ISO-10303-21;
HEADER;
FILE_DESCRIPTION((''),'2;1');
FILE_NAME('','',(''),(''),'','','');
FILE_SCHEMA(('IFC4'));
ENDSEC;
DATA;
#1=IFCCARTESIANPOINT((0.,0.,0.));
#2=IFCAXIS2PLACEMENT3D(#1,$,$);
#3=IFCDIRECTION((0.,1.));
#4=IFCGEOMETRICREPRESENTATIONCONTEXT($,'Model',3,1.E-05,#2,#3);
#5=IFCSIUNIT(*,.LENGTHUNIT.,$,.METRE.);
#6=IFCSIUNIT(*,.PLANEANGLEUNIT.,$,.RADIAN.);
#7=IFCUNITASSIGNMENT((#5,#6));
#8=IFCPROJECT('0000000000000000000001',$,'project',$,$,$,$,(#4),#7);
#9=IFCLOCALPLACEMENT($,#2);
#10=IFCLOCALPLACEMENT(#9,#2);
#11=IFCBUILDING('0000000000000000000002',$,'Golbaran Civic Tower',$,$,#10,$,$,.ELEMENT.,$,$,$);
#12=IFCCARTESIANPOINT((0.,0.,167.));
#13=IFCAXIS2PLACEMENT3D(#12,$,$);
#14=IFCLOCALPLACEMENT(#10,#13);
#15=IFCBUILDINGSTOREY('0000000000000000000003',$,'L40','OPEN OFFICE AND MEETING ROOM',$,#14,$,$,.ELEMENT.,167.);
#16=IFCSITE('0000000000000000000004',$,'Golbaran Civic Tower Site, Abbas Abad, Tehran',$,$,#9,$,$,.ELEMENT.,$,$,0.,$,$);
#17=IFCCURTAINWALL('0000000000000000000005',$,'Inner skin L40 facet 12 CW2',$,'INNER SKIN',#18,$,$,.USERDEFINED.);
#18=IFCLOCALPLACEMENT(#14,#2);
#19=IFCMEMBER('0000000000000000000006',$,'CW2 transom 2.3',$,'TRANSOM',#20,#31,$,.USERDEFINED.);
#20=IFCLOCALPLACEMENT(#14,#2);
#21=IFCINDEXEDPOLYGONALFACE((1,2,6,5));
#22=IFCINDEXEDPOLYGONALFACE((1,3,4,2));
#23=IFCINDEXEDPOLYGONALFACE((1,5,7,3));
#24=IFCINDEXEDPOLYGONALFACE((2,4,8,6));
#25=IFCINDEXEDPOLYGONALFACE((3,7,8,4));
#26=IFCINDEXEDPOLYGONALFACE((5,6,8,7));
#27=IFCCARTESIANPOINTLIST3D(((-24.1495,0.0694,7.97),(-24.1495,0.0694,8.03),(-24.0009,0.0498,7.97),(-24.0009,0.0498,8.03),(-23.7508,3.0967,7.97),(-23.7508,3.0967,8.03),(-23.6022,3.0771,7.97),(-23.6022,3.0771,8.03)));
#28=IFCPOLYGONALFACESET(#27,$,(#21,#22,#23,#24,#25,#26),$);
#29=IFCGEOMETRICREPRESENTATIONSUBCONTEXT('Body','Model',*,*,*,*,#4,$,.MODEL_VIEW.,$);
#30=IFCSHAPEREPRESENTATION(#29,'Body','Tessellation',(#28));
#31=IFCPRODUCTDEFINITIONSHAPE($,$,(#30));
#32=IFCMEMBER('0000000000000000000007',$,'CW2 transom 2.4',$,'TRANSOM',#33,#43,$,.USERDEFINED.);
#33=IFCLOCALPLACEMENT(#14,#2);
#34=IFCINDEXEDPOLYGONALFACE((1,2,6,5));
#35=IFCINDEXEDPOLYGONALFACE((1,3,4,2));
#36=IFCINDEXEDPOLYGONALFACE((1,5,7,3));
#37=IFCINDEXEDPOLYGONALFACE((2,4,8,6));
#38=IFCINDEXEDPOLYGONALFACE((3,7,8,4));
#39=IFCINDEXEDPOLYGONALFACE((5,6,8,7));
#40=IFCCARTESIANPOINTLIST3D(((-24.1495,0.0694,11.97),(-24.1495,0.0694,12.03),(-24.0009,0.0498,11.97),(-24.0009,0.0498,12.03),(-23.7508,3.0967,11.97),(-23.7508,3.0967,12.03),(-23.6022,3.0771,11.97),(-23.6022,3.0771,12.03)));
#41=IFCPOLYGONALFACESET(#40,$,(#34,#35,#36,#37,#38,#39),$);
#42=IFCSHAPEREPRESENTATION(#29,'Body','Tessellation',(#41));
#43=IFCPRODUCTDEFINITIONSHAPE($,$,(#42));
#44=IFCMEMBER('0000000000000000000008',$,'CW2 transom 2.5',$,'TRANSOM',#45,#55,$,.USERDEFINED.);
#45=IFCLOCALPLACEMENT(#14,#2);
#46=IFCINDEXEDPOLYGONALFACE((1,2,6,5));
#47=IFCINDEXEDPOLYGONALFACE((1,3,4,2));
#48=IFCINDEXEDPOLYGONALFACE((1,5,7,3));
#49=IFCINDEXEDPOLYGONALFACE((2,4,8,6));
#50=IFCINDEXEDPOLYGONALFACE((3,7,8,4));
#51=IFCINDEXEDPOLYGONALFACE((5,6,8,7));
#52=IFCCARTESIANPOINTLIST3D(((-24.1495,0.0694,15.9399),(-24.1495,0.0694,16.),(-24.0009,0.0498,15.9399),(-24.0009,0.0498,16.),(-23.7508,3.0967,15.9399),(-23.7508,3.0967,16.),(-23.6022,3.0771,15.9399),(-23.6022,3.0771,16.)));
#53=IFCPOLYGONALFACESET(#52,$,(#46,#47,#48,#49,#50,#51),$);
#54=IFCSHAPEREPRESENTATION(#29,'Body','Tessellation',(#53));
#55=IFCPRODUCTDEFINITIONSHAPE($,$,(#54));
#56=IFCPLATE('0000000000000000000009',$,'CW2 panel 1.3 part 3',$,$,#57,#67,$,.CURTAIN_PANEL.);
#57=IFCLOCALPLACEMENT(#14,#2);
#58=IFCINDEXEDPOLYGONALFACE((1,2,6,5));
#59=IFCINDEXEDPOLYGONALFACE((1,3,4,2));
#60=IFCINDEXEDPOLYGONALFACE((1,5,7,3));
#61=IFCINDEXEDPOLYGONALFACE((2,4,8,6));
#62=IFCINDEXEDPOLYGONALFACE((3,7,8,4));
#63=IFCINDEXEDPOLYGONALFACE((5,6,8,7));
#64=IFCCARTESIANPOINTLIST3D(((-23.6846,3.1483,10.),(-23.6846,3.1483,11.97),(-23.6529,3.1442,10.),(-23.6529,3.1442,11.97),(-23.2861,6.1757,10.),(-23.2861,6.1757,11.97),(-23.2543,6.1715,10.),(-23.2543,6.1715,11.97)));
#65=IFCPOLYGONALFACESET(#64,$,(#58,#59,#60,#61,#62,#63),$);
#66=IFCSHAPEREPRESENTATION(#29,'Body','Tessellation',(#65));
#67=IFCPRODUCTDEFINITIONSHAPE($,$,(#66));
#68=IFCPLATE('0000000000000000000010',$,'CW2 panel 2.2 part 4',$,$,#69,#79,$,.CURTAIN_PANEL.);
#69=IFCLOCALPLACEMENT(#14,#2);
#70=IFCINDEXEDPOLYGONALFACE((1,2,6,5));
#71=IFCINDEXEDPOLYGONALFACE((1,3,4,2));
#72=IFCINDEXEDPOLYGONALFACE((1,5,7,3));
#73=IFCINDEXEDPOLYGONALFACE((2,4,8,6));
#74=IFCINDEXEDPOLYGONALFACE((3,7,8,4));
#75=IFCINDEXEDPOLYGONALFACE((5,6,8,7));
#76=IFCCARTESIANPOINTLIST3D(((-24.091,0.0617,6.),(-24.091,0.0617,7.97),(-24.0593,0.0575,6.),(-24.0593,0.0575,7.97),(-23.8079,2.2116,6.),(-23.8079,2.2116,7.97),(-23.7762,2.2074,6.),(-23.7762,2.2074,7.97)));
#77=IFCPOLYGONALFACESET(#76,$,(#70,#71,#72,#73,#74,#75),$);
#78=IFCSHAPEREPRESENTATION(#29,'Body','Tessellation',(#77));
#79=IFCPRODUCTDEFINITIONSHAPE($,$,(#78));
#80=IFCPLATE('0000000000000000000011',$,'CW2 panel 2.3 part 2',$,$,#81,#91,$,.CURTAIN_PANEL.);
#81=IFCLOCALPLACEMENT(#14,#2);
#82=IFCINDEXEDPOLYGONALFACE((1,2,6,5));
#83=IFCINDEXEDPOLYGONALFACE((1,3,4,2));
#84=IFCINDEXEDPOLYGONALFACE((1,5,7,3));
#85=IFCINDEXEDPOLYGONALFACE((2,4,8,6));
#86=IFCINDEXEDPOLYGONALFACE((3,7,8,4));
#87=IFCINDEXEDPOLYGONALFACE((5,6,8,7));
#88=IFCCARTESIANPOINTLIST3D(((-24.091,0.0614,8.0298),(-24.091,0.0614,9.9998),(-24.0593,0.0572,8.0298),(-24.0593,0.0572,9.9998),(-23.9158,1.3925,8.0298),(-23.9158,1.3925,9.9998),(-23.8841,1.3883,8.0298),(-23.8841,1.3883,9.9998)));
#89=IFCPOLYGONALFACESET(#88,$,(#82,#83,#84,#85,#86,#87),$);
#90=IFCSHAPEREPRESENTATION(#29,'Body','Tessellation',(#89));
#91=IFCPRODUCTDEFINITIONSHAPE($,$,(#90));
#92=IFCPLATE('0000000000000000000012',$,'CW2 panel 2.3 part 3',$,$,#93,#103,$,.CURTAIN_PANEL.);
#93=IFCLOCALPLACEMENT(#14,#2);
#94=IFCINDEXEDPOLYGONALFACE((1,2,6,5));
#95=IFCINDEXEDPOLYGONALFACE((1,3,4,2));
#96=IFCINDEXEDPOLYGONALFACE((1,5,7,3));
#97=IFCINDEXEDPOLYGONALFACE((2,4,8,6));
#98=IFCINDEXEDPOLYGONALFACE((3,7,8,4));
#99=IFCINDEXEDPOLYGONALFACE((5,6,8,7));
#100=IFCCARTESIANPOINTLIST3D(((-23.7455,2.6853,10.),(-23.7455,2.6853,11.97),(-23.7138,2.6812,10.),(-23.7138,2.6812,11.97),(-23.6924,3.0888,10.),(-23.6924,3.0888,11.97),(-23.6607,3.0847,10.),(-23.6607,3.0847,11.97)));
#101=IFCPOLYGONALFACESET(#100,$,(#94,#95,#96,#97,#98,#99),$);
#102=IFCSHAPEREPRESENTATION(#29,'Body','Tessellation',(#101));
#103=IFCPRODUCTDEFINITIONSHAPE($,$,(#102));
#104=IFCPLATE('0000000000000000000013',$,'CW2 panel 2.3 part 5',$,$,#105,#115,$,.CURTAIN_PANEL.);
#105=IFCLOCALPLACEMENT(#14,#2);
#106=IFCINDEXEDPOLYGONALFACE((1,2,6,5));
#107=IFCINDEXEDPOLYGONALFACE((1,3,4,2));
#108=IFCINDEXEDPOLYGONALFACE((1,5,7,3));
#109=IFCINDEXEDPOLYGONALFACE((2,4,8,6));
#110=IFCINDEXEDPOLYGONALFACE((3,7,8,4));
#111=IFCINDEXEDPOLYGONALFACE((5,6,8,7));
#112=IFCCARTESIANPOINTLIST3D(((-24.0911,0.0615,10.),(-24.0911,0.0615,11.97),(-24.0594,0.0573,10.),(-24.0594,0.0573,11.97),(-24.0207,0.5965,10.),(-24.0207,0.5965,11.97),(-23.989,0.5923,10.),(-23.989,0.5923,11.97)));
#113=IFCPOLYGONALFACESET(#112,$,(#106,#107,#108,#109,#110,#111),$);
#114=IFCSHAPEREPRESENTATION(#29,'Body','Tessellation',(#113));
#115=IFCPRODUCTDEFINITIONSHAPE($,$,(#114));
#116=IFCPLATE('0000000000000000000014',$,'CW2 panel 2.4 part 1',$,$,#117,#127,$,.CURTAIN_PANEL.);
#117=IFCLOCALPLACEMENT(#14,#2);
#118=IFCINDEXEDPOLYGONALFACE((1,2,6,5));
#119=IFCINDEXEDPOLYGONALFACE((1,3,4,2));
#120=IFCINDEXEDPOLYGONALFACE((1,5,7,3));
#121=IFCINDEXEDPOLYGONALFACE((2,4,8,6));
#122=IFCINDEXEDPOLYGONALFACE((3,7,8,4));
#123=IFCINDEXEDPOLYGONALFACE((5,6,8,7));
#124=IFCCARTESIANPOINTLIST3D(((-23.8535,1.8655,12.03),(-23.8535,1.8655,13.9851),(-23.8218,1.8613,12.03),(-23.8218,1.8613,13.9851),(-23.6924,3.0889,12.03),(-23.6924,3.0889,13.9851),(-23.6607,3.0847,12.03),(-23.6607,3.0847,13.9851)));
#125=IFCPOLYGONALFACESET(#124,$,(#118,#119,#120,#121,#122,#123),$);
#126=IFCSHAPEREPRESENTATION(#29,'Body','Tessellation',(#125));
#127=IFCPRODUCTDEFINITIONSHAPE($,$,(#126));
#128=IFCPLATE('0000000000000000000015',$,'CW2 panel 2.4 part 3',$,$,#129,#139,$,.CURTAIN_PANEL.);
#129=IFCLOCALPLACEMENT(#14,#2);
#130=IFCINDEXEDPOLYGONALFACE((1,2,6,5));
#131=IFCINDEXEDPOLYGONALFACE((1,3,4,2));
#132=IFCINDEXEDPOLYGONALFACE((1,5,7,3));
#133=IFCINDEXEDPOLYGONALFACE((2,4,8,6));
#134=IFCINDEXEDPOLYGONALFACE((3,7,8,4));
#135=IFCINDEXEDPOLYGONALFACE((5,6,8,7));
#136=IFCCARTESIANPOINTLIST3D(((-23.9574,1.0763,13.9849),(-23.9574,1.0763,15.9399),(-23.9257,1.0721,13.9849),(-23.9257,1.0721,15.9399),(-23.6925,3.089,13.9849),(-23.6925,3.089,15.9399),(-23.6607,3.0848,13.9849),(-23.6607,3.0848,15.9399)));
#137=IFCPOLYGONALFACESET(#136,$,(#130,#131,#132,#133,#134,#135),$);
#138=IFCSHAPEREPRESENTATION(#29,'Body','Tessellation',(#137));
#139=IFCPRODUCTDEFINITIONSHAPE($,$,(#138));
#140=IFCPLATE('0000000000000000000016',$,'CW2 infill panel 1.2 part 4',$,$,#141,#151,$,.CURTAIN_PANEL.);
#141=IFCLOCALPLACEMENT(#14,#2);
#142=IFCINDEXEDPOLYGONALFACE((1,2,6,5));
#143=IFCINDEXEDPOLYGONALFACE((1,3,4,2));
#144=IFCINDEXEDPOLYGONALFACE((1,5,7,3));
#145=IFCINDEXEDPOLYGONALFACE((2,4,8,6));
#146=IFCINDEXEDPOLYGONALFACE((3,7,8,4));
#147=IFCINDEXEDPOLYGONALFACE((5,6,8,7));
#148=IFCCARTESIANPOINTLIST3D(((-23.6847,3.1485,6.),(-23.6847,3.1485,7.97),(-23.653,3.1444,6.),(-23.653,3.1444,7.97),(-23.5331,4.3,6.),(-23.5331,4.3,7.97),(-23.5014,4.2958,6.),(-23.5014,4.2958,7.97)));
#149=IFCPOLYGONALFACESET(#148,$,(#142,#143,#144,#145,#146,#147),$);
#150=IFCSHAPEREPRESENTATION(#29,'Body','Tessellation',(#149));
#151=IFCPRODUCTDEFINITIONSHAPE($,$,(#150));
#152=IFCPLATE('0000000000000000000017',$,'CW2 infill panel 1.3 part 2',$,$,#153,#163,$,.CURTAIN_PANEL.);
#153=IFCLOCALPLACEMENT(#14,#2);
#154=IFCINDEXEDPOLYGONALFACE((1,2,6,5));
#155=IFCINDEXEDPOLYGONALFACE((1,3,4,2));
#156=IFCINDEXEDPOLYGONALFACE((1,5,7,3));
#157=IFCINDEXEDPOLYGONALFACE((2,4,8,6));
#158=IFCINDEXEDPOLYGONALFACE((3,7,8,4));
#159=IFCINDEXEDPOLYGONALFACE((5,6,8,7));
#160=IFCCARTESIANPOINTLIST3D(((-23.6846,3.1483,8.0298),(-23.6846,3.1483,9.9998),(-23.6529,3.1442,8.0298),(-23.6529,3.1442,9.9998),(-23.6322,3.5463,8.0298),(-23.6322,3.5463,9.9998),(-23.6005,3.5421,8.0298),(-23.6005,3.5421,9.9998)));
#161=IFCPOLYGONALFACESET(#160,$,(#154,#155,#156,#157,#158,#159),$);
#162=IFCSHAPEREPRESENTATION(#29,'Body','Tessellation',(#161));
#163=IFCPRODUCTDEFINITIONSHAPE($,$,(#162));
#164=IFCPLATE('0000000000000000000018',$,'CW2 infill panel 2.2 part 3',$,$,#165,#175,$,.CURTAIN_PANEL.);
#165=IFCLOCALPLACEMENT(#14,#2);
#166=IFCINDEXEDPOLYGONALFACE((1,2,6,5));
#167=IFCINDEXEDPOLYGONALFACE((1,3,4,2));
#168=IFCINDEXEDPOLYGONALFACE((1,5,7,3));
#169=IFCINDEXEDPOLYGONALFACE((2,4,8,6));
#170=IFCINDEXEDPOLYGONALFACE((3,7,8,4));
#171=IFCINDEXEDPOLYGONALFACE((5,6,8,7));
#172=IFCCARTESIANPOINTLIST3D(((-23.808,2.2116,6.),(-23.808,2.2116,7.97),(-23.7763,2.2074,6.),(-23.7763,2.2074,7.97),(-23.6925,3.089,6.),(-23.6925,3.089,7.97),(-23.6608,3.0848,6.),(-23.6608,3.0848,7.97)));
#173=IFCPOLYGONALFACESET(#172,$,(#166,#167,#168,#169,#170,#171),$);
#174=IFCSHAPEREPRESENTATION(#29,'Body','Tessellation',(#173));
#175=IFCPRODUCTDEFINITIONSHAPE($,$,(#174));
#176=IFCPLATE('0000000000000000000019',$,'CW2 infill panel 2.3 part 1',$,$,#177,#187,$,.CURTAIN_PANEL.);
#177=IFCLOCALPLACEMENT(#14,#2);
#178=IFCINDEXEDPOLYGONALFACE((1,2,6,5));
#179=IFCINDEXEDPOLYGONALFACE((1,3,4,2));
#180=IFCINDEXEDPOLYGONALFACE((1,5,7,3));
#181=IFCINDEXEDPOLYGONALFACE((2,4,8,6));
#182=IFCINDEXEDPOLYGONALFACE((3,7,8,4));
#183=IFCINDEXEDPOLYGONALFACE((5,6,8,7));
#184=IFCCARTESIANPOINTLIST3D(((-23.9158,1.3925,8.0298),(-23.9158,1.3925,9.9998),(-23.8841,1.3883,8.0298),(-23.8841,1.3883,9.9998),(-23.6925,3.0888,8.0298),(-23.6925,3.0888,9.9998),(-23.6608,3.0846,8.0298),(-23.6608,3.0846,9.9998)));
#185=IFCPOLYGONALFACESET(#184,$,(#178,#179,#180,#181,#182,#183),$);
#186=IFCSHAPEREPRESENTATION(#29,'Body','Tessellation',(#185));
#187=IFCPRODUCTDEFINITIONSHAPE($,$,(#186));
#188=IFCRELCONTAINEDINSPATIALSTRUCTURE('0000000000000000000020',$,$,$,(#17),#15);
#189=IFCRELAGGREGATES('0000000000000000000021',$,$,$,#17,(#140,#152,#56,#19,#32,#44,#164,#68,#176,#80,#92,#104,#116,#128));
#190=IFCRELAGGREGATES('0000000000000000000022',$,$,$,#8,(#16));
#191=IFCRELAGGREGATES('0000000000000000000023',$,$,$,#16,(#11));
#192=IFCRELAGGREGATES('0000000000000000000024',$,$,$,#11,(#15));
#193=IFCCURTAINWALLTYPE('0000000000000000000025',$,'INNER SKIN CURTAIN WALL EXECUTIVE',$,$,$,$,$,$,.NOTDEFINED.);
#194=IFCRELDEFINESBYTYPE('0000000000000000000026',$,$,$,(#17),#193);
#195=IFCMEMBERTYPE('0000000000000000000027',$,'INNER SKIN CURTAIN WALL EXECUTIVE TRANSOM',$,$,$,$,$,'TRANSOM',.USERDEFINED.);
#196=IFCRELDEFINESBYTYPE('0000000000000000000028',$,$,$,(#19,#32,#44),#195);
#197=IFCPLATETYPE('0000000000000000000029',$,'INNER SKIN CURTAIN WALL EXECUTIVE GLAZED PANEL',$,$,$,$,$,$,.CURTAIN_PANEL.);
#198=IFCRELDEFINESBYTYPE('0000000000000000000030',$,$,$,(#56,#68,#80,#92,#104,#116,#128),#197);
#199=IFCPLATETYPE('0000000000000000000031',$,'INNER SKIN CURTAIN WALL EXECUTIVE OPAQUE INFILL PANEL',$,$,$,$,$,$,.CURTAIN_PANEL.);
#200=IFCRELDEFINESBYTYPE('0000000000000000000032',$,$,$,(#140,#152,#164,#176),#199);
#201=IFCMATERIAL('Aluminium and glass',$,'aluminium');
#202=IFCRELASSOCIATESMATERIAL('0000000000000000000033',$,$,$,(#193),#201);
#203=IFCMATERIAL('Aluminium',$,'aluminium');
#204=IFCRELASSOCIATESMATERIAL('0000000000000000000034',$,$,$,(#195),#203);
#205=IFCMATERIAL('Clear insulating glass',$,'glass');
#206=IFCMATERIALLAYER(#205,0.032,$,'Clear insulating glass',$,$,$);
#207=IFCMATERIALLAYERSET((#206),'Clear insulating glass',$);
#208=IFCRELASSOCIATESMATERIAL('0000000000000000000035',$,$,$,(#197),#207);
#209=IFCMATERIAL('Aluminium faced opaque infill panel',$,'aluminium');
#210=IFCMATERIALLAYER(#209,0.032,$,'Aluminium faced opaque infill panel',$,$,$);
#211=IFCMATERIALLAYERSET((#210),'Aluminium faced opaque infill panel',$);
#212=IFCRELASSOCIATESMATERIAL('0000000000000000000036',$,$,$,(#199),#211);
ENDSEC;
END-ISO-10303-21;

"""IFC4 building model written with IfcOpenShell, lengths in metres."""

from ifc_helpers import new_model, si_unit, direction, frame, origin, origin_2d, place, context, subcontext, project, spatial, rectangle, extrude, material, layer, layer_set, material_profile, profile_set, type_object, element, aggregate, save


model = new_model("IFC4")

# Units and contexts
model_context = context("Model", 3, precision=1e-05, world=origin(), true_north=direction((0.0, 1.0)))
body_context = subcontext(model_context, "Body", "Model", "MODEL_VIEW")
ifc_project = project(units=[si_unit("LENGTHUNIT", "METRE"), si_unit("PLANEANGLEUNIT", "RADIAN")], contexts=[model_context])

# Site, building, storey
site_placement = place(None, origin())
site = spatial("IfcSite", under=ifc_project, at=site_placement, Name="Golbaran Civic Tower Site, Abbas Abad, Tehran", CompositionType="ELEMENT", RefElevation=0.0)
building_placement = place(site_placement, origin())
building = spatial("IfcBuilding", under=site, at=building_placement, Name="Golbaran Civic Tower", CompositionType="ELEMENT")
storey_placement = place(building_placement, frame((0.0, 0.0, 167.0)))
storey = spatial("IfcBuildingStorey", under=building, at=storey_placement, Name="L40", Description="OPEN OFFICE AND MEETING ROOM", CompositionType="ELEMENT", Elevation=167.0)

# Curtain wall, members, plates
ifc_material_1 = material(Name="Aluminium and glass", Category="aluminium")
curtain_wall_type_1 = type_object("IfcCurtainWallType", Name="INNER SKIN CURTAIN WALL EXECUTIVE", PredefinedType="NOTDEFINED", material=ifc_material_1)
curtain_wall_1_placement = place(storey_placement, origin())
curtain_wall_1 = element("IfcCurtainWall", 1, at=curtain_wall_1_placement, inside=storey, type_object=curtain_wall_type_1, Name="Inner skin L40 facet 12 CW2", ObjectType="INNER SKIN", PredefinedType="USERDEFINED")
ifc_material_2 = material(Name="Aluminium", Category="aluminium")
ifc_material_profile = material_profile(ifc_material_2, rectangle(XDim=0.1499, YDim=0.0601, at=origin_2d()), Name="INNER SKIN CURTAIN WALL EXECUTIVE TRANSOM")
ifc_profile_set = profile_set([ifc_material_profile], Name="Aluminium")
member_type = type_object("IfcMemberType", Name="INNER SKIN CURTAIN WALL EXECUTIVE TRANSOM", ElementType="TRANSOM", PredefinedType="USERDEFINED", material=ifc_profile_set)
member_1_placement = place(storey_placement, frame((-23.6765, 3.0869, 8.0), z_axis=(-0.130566, -0.99144, 0.0), x_axis=(0.99144, -0.130566, 0.0)))
member_1 = element("IfcMember", 2, at=member_1_placement, type_object=member_type, Name="CW2 transom 2.3", ObjectType="TRANSOM", PredefinedType="USERDEFINED", context=body_context, shape_type="SweptSolid", body=[
    extrude(rectangle(XDim=0.1499, YDim=0.0601, at=origin_2d()), origin(), (0.0, 0.0, 1.0), 3.0535),
])
member_2_placement = place(storey_placement, frame((-23.6765, 3.0869, 12.0), z_axis=(-0.130566, -0.99144, 0.0), x_axis=(0.99144, -0.130566, 0.0)))
member_2 = element("IfcMember", 3, at=member_2_placement, type_object=member_type, Name="CW2 transom 2.4", ObjectType="TRANSOM", PredefinedType="USERDEFINED", context=body_context, shape_type="SweptSolid", body=[
    extrude(rectangle(XDim=0.1499, YDim=0.0601, at=origin_2d()), origin(), (0.0, 0.0, 1.0), 3.0535),
])
member_3_placement = place(storey_placement, frame((-23.6765, 3.0869, 15.97), z_axis=(-0.130566, -0.99144, 0.0), x_axis=(0.99144, -0.130566, 0.0)))
member_3 = element("IfcMember", 4, at=member_3_placement, type_object=member_type, Name="CW2 transom 2.5", ObjectType="TRANSOM", PredefinedType="USERDEFINED", context=body_context, shape_type="SweptSolid", body=[
    extrude(rectangle(XDim=0.1499, YDim=0.0601, at=origin_2d()), origin(), (0.0, 0.0, 1.0), 3.0535),
])
ifc_material_3 = material(Name="Clear insulating glass", Category="glass")
ifc_layer_1 = layer(ifc_material_3, 0.032, Name="Clear insulating glass")
ifc_layer_set_1 = layer_set([ifc_layer_1], Name="Clear insulating glass")
plate_type_1 = type_object("IfcPlateType", Name="INNER SKIN CURTAIN WALL EXECUTIVE GLAZED PANEL", PredefinedType="CURTAIN_PANEL", material=ifc_layer_set_1)
plate_1_placement = place(storey_placement, frame((-23.4695, 4.6599, 10.0), z_axis=(0.0, 0.0, 1.0), x_axis=(-0.130526, -0.991445, 0.0)))
plate_1 = element("IfcPlate", 5, at=plate_1_placement, type_object=plate_type_1, Name="CW2 panel 1.3 part 3", PredefinedType="CURTAIN_PANEL", context=body_context, shape_type="SweptSolid", body=[
    extrude(rectangle(XDim=3.0535, YDim=0.032, at=origin_2d()), origin(), (0.0, 0.0, 1.0), 1.97),
])
plate_2_placement = place(storey_placement, frame((-23.9336, 1.1345, 6.0), z_axis=(0.0, 0.0, 1.0), x_axis=(-0.130526, -0.991445, 0.0)))
plate_2 = element("IfcPlate", 6, at=plate_2_placement, type_object=plate_type_1, Name="CW2 panel 2.2 part 4", PredefinedType="CURTAIN_PANEL", context=body_context, shape_type="SweptSolid", body=[
    extrude(rectangle(XDim=2.1685, YDim=0.032, at=origin_2d()), origin(), (0.0, 0.0, 1.0), 1.97),
])
plate_3_placement = place(storey_placement, frame((-23.9875, 0.7249, 8.0298), z_axis=(0.0, 0.0, 1.0), x_axis=(-0.130526, -0.991445, 0.0)))
plate_3 = element("IfcPlate", 7, at=plate_3_placement, type_object=plate_type_1, Name="CW2 panel 2.3 part 2", PredefinedType="CURTAIN_PANEL", context=body_context, shape_type="SweptSolid", body=[
    extrude(rectangle(XDim=1.3425, YDim=0.032, at=origin_2d()), origin(), (0.0, 0.0, 1.0), 1.97),
])
plate_4_placement = place(storey_placement, frame((-23.7031, 2.885, 10.0), z_axis=(0.0, 0.0, 1.0), x_axis=(-0.130526, -0.991445, 0.0)))
plate_4 = element("IfcPlate", 8, at=plate_4_placement, type_object=plate_type_1, Name="CW2 panel 2.3 part 3", PredefinedType="CURTAIN_PANEL", context=body_context, shape_type="SweptSolid", body=[
    extrude(rectangle(XDim=0.407, YDim=0.032, at=origin_2d()), origin(), (0.0, 0.0, 1.0), 1.97),
])
plate_5_placement = place(storey_placement, frame((-24.04, 0.3269, 10.0), z_axis=(0.0, 0.0, 1.0), x_axis=(-0.130526, -0.991445, 0.0)))
plate_5 = element("IfcPlate", 9, at=plate_5_placement, type_object=plate_type_1, Name="CW2 panel 2.3 part 5", PredefinedType="CURTAIN_PANEL", context=body_context, shape_type="SweptSolid", body=[
    extrude(rectangle(XDim=0.5396, YDim=0.032, at=origin_2d()), origin(), (0.0, 0.0, 1.0), 1.97),
])
plate_6_placement = place(storey_placement, frame((-23.7571, 2.4751, 12.03), z_axis=(0.0, 0.0, 1.0), x_axis=(-0.130526, -0.991445, 0.0)))
plate_6 = element("IfcPlate", 10, at=plate_6_placement, type_object=plate_type_1, Name="CW2 panel 2.4 part 1", PredefinedType="CURTAIN_PANEL", context=body_context, shape_type="SweptSolid", body=[
    extrude(rectangle(XDim=1.2339, YDim=0.032, at=origin_2d()), origin(), (0.0, 0.0, 1.0), 1.9551),
])
plate_7_placement = place(storey_placement, frame((-23.8091, 2.0806, 13.9849), z_axis=(0.0, 0.0, 1.0), x_axis=(-0.130526, -0.991445, 0.0)))
plate_7 = element("IfcPlate", 11, at=plate_7_placement, type_object=plate_type_1, Name="CW2 panel 2.4 part 3", PredefinedType="CURTAIN_PANEL", context=body_context, shape_type="SweptSolid", body=[
    extrude(rectangle(XDim=2.03, YDim=0.032, at=origin_2d()), origin(), (0.0, 0.0, 1.0), 1.9551),
])
ifc_material_4 = material(Name="Aluminium faced opaque infill panel", Category="aluminium")
ifc_layer_2 = layer(ifc_material_4, 0.032, Name="Aluminium faced opaque infill panel")
ifc_layer_set_2 = layer_set([ifc_layer_2], Name="Aluminium faced opaque infill panel")
plate_type_2 = type_object("IfcPlateType", Name="INNER SKIN CURTAIN WALL EXECUTIVE OPAQUE INFILL PANEL", PredefinedType="CURTAIN_PANEL", material=ifc_layer_set_2)
plate_8_placement = place(storey_placement, frame((-23.593, 3.7222, 6.0), z_axis=(0.0, 0.0, 1.0), x_axis=(-0.130526, -0.991445, 0.0)))
plate_8 = element("IfcPlate", 12, at=plate_8_placement, type_object=plate_type_2, Name="CW2 infill panel 1.2 part 4", PredefinedType="CURTAIN_PANEL", context=body_context, shape_type="SweptSolid", body=[
    extrude(rectangle(XDim=1.1614, YDim=0.032, at=origin_2d()), origin(), (0.0, 0.0, 1.0), 1.97),
])
plate_9_placement = place(storey_placement, frame((-23.6426, 3.3452, 8.0298), z_axis=(0.0, 0.0, 1.0), x_axis=(-0.130526, -0.991445, 0.0)))
plate_9 = element("IfcPlate", 13, at=plate_9_placement, type_object=plate_type_2, Name="CW2 infill panel 1.3 part 2", PredefinedType="CURTAIN_PANEL", context=body_context, shape_type="SweptSolid", body=[
    extrude(rectangle(XDim=0.4014, YDim=0.032, at=origin_2d()), origin(), (0.0, 0.0, 1.0), 1.97),
])
plate_10_placement = place(storey_placement, frame((-23.7344, 2.6482, 6.0), z_axis=(0.0, 0.0, 1.0), x_axis=(-0.130526, -0.991445, 0.0)))
plate_10 = element("IfcPlate", 14, at=plate_10_placement, type_object=plate_type_2, Name="CW2 infill panel 2.2 part 3", PredefinedType="CURTAIN_PANEL", context=body_context, shape_type="SweptSolid", body=[
    extrude(rectangle(XDim=0.885, YDim=0.032, at=origin_2d()), origin(), (0.0, 0.0, 1.0), 1.97),
])
plate_11_placement = place(storey_placement, frame((-23.7883, 2.2385, 8.0298), z_axis=(0.0, 0.0, 1.0), x_axis=(-0.130526, -0.991445, 0.0)))
plate_11 = element("IfcPlate", 15, at=plate_11_placement, type_object=plate_type_2, Name="CW2 infill panel 2.3 part 1", PredefinedType="CURTAIN_PANEL", context=body_context, shape_type="SweptSolid", body=[
    extrude(rectangle(XDim=1.7109, YDim=0.032, at=origin_2d()), origin(), (0.0, 0.0, 1.0), 1.97),
])
aggregate(curtain_wall_1, [plate_8, plate_9, plate_1, member_1, member_2, member_3, plate_10, plate_2, plate_11, plate_3, plate_4, plate_5, plate_6, plate_7])

save(model, "model.ifc")
